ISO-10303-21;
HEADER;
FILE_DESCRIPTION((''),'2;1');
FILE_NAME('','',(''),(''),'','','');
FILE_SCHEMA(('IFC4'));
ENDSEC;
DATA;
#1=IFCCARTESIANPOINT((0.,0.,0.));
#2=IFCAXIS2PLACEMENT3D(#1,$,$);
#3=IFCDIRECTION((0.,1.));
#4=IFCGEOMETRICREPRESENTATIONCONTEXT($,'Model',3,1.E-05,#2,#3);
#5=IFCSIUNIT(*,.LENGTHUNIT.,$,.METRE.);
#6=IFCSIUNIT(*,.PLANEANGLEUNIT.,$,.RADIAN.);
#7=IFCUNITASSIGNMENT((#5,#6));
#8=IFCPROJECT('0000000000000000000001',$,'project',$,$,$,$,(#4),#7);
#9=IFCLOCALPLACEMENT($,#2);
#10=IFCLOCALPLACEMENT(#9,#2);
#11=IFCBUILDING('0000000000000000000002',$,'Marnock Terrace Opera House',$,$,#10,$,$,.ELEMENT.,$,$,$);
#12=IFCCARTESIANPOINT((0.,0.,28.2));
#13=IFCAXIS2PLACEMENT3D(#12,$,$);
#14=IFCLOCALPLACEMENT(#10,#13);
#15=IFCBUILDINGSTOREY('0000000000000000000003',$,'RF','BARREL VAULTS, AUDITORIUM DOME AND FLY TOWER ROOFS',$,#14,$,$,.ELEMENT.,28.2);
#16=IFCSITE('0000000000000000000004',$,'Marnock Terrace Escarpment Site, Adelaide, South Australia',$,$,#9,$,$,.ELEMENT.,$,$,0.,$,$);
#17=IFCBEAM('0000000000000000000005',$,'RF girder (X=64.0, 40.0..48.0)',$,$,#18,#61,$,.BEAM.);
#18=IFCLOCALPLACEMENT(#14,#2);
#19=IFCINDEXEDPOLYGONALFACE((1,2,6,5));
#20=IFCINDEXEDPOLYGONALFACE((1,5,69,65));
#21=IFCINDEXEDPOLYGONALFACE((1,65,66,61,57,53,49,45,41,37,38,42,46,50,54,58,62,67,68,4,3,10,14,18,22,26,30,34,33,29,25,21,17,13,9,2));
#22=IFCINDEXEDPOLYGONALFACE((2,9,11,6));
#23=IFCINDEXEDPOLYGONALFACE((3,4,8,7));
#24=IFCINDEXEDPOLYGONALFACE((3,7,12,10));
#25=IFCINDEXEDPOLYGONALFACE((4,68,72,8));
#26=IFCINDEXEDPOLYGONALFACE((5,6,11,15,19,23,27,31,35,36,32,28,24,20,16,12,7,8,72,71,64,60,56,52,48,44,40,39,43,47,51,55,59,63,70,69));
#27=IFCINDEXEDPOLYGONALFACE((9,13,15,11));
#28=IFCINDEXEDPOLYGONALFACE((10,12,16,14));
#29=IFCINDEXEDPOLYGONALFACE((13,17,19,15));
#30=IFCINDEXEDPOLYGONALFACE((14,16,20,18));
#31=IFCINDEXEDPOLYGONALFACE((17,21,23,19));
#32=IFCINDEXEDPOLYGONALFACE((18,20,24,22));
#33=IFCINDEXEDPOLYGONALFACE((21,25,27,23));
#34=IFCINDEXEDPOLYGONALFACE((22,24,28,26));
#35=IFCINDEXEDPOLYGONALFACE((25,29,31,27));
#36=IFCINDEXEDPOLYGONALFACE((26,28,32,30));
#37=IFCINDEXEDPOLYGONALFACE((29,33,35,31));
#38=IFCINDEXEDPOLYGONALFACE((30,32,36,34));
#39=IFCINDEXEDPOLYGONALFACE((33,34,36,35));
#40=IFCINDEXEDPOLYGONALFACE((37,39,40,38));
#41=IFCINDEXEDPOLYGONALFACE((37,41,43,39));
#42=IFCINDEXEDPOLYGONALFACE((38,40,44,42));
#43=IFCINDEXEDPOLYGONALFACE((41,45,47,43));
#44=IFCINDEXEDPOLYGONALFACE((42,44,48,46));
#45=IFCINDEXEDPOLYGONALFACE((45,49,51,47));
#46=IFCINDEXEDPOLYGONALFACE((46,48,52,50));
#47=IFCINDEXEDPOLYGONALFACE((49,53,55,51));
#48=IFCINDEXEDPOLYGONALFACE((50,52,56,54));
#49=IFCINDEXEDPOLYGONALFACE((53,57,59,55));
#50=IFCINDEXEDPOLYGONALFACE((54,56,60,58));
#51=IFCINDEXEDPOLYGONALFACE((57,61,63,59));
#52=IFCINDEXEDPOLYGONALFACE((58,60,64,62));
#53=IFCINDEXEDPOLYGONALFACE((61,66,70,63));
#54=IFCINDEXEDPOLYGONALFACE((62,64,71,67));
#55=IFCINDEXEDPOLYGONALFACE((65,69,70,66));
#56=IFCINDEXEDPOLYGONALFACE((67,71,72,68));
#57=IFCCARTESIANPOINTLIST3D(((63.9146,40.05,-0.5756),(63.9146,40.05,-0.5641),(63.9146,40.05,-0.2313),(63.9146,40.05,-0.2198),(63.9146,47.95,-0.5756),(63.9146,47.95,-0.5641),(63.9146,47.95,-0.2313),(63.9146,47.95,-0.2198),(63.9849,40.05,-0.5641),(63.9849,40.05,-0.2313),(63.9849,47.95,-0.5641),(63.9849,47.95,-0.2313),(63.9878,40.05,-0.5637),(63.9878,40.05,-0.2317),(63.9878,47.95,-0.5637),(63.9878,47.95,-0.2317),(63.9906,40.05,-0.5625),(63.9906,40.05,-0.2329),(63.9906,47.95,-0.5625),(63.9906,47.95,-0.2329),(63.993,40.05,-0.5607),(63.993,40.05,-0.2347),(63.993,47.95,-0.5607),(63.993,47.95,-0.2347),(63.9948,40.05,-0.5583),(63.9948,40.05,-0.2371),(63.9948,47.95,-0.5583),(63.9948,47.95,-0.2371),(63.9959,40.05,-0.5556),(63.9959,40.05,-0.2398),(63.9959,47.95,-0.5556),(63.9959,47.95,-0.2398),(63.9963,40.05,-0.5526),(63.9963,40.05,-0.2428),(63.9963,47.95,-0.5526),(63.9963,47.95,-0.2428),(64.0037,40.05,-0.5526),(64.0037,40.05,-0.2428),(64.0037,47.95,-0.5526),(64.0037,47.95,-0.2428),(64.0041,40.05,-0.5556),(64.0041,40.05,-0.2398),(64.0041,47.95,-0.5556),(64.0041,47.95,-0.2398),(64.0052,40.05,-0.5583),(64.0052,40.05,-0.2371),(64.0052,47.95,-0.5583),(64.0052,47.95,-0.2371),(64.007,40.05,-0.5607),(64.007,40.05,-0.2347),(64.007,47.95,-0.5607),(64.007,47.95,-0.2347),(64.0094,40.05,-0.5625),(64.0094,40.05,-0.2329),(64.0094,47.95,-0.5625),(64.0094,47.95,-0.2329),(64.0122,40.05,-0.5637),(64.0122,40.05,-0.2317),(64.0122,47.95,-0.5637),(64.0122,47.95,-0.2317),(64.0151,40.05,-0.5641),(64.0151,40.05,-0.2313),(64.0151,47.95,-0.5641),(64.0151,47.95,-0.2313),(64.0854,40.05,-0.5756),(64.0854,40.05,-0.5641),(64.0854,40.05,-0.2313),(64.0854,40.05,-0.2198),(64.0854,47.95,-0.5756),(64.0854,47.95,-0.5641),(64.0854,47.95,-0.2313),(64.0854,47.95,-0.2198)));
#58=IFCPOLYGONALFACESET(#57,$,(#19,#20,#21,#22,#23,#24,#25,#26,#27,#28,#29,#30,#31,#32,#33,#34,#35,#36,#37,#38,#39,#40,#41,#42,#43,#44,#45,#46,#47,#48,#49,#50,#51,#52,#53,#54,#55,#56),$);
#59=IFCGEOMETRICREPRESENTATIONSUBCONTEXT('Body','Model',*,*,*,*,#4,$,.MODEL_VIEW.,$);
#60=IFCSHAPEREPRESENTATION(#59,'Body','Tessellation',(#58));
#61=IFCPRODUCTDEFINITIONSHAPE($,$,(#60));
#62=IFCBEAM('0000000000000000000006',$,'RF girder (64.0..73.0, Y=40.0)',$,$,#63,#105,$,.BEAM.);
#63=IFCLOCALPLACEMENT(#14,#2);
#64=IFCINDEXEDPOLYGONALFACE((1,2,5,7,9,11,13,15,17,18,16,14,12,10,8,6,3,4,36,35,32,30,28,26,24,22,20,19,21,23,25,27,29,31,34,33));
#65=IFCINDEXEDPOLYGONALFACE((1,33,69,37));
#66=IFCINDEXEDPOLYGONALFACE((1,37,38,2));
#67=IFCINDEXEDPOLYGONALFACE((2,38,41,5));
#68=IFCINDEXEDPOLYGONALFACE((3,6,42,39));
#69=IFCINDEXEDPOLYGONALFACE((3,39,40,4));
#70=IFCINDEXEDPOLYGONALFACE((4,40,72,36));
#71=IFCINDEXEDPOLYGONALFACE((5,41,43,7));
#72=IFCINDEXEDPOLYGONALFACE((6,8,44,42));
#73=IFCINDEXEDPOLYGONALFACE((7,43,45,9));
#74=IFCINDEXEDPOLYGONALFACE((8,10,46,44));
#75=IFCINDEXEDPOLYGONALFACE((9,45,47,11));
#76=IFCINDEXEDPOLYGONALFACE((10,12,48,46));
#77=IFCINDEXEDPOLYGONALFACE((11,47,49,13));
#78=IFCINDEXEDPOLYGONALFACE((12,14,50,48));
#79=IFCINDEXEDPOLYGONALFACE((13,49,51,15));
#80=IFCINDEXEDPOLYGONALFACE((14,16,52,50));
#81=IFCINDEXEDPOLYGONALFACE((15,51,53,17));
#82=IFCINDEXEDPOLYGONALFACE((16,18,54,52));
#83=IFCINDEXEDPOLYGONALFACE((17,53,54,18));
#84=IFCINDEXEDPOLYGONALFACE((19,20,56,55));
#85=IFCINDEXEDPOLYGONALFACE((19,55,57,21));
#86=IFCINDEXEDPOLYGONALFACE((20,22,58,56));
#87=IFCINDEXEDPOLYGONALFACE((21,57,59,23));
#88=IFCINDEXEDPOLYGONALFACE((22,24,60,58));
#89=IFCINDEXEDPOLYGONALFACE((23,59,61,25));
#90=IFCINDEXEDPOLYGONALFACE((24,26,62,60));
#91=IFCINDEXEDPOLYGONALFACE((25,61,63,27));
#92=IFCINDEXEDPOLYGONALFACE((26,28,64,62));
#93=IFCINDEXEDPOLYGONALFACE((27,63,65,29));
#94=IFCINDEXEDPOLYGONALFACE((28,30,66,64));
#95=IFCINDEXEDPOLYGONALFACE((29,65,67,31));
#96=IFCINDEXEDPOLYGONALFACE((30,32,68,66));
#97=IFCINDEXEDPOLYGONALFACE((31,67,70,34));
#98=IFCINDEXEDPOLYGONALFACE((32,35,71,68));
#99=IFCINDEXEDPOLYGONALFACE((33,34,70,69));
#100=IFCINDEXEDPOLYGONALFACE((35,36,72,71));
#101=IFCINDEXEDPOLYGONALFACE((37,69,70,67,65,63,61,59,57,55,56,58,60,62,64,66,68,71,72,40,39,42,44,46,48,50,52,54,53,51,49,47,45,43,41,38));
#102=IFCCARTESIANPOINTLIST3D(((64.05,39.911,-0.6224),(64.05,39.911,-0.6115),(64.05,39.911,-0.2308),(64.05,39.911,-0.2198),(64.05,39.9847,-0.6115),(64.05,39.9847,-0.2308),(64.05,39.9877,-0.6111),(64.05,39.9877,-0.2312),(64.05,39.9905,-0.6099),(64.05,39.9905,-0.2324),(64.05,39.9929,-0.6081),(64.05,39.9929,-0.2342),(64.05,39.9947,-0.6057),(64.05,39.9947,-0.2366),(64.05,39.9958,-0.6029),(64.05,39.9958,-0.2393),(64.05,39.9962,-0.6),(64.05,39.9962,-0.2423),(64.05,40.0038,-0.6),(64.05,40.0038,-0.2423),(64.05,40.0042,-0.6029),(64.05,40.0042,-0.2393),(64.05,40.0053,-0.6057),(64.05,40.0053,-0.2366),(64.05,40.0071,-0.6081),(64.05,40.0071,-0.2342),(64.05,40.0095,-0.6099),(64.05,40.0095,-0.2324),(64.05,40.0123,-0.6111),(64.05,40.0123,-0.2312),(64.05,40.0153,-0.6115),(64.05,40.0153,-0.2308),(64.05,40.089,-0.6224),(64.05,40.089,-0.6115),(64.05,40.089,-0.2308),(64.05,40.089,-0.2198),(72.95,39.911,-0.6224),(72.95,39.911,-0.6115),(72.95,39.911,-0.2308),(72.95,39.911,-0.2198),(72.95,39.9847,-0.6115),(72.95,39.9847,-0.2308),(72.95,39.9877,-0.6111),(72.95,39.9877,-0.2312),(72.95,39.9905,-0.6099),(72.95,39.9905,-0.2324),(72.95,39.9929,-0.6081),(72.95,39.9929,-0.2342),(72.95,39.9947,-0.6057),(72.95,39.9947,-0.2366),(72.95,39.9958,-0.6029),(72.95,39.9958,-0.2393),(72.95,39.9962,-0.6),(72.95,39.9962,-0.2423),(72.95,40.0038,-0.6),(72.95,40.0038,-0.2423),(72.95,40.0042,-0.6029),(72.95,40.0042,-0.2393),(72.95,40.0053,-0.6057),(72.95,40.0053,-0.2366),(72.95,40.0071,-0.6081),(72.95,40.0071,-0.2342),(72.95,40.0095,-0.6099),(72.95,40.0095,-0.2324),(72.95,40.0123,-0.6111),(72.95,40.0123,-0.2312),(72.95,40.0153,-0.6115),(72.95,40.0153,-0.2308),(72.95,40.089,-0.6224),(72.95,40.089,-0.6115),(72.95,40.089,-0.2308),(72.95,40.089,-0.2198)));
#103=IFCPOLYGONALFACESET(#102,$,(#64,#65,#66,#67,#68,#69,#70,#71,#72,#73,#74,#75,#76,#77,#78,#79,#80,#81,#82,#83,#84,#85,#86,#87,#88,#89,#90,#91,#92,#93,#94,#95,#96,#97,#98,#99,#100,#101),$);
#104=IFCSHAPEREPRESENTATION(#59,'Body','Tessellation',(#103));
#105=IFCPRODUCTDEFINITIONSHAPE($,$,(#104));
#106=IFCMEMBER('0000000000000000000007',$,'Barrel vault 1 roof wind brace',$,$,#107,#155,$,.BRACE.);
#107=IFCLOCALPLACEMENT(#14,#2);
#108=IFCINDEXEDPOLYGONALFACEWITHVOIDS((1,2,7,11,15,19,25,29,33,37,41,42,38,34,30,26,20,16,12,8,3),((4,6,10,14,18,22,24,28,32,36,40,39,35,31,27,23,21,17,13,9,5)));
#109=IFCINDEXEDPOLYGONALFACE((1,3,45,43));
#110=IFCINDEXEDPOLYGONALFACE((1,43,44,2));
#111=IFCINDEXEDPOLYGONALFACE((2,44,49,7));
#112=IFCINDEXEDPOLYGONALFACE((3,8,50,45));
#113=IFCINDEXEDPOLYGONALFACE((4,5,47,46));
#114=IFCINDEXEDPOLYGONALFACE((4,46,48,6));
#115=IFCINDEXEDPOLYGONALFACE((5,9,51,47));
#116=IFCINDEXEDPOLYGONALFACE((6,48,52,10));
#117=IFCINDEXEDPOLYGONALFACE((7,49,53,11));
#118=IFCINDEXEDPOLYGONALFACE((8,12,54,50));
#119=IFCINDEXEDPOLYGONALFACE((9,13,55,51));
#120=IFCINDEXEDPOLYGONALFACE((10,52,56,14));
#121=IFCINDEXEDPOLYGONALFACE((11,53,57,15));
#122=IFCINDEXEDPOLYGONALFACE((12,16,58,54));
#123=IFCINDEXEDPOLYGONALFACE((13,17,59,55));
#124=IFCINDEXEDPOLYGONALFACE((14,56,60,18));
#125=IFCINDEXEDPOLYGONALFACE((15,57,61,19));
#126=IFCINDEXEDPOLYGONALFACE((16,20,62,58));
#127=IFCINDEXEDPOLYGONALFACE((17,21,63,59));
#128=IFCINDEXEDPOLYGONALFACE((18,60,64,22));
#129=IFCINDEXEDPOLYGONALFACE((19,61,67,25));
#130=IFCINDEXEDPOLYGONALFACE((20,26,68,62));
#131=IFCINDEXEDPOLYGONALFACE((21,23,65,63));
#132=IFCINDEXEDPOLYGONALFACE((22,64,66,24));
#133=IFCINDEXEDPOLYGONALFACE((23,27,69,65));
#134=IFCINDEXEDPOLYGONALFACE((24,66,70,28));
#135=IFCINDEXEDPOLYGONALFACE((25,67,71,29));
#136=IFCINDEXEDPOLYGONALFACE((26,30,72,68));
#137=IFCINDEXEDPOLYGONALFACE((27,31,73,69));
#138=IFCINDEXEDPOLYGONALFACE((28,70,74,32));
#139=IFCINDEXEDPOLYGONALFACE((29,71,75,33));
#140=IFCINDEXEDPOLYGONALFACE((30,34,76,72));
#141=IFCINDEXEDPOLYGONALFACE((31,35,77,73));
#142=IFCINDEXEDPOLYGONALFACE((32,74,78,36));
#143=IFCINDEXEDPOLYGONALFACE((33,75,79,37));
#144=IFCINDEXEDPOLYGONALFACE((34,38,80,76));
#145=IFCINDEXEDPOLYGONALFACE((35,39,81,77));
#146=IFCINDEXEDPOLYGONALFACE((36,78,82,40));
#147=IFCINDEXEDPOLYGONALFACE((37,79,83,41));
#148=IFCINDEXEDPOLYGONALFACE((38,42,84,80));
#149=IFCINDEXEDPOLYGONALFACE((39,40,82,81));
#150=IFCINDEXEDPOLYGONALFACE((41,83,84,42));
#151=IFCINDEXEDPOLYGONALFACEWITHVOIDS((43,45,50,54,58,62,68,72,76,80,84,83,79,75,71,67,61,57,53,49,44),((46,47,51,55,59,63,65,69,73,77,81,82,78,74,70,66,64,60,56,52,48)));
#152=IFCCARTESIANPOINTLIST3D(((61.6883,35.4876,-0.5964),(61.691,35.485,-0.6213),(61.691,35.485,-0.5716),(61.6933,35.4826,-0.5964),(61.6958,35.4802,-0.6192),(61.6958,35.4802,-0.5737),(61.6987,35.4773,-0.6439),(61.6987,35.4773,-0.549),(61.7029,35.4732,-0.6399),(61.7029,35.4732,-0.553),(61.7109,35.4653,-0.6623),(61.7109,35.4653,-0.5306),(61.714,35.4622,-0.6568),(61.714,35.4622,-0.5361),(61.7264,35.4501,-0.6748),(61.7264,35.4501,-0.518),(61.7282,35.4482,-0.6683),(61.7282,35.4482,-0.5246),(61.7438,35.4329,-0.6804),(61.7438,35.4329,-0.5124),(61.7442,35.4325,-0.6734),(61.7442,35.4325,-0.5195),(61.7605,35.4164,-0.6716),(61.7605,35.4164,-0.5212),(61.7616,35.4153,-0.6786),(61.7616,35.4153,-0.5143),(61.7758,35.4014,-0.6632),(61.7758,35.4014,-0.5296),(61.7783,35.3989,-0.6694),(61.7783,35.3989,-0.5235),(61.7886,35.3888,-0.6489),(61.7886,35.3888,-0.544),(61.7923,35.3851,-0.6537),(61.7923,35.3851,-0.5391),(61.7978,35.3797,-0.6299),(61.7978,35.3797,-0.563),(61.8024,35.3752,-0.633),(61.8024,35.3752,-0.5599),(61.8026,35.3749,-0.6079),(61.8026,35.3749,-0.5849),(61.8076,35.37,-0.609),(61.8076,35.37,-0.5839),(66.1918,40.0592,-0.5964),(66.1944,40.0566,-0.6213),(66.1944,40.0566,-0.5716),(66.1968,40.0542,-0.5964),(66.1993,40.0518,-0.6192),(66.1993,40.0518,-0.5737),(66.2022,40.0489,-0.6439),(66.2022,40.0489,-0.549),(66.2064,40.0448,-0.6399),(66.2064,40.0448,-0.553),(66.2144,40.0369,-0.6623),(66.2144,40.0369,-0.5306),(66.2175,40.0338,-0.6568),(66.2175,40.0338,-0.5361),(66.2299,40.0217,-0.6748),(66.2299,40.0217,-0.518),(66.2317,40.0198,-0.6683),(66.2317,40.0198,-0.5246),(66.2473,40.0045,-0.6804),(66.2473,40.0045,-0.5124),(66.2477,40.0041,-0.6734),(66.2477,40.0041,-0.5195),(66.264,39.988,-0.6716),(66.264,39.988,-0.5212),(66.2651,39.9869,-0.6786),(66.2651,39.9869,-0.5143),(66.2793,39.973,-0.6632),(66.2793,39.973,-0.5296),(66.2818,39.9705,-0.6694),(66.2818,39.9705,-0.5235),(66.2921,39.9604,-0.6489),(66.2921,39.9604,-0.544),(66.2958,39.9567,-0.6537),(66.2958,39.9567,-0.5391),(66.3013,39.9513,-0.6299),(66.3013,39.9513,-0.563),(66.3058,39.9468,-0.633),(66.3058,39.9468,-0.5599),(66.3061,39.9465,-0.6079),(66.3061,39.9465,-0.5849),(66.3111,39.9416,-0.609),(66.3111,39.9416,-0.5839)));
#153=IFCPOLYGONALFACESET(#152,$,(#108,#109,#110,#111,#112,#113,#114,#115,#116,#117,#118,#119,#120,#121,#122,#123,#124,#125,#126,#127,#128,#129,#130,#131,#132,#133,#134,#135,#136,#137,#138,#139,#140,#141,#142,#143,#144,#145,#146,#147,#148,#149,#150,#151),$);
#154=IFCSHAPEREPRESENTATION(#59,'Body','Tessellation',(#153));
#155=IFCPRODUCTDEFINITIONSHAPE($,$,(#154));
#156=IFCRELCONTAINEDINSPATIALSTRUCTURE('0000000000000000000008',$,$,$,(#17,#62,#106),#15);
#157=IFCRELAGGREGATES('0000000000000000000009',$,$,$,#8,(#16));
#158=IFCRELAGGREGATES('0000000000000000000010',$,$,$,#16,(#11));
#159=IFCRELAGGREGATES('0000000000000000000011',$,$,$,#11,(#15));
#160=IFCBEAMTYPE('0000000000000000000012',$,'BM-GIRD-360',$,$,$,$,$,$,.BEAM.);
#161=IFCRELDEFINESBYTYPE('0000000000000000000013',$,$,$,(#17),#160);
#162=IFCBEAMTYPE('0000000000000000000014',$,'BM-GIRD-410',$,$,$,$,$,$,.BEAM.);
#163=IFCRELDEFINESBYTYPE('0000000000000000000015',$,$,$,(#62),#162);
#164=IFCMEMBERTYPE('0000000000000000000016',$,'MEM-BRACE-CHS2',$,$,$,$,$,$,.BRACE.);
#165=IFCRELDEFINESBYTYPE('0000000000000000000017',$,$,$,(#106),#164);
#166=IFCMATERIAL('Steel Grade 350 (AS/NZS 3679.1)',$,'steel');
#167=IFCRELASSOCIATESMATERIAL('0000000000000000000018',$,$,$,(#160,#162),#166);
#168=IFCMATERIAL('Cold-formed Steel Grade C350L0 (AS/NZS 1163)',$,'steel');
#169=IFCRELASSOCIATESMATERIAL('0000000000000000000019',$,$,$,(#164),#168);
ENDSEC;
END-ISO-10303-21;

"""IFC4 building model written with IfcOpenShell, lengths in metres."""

from ifc_helpers import new_model, si_unit, direction, frame, origin, origin_2d, place, context, subcontext, project, spatial, hollow_circle, i_section, extrude, material, material_profile, profile_set, type_object, element, save


model = new_model("IFC4")

# Units and contexts
model_context = context("Model", 3, precision=1e-05, world=origin(), true_north=direction((0.0, 1.0)))
body_context = subcontext(model_context, "Body", "Model", "MODEL_VIEW")
ifc_project = project(units=[si_unit("LENGTHUNIT", "METRE"), si_unit("PLANEANGLEUNIT", "RADIAN")], contexts=[model_context])

# Site, building, storey
site_placement = place(None, origin())
site = spatial("IfcSite", under=ifc_project, at=site_placement, Name="Marnock Terrace Escarpment Site, Adelaide, South Australia", CompositionType="ELEMENT", RefElevation=0.0)
building_placement = place(site_placement, origin())
building = spatial("IfcBuilding", under=site, at=building_placement, Name="Marnock Terrace Opera House", CompositionType="ELEMENT")
storey_placement = place(building_placement, frame((0.0, 0.0, 28.2)))
storey = spatial("IfcBuildingStorey", under=building, at=storey_placement, Name="RF", Description="BARREL VAULTS, AUDITORIUM DOME AND FLY TOWER ROOFS", CompositionType="ELEMENT", Elevation=28.2)

# Beams
ifc_material_1 = material(Name="Steel Grade 350 (AS/NZS 3679.1)", Category="steel")
ifc_material_profile_1 = material_profile(ifc_material_1, i_section(OverallWidth=0.1709, OverallDepth=0.3557, WebThickness=0.0073, FlangeThickness=0.0115, FilletRadius=0.0115, at=origin_2d()))
ifc_profile_set_1 = profile_set([ifc_material_profile_1], Name="Steel Grade 350 (AS/NZS 3679.1)")
beam_type_1 = type_object("IfcBeamType", Name="BM-GIRD-360", PredefinedType="BEAM", material=ifc_profile_set_1)
beam_1_placement = place(storey_placement, frame((64.0, 40.05, -0.3977), z_axis=(0.0, 1.0, 0.0), x_axis=(-1.0, 0.0, 0.0)))
element("IfcBeam", 1, at=beam_1_placement, inside=storey, type_object=beam_type_1, Name="RF girder (X=64.0, 40.0..48.0)", PredefinedType="BEAM", context=body_context, shape_type="SweptSolid", body=[
    extrude(i_section(OverallWidth=0.1709, OverallDepth=0.3557, WebThickness=0.0073, FlangeThickness=0.0115, FilletRadius=0.0115, at=origin_2d()), origin(), (0.0, 0.0, 1.0), 7.8999),
])
ifc_material_profile_2 = material_profile(ifc_material_1, i_section(OverallWidth=0.178, OverallDepth=0.4026, WebThickness=0.0076, FlangeThickness=0.011, FilletRadius=0.0115, at=origin_2d()))
ifc_profile_set_2 = profile_set([ifc_material_profile_2], Name="Steel Grade 350 (AS/NZS 3679.1)")
beam_type_2 = type_object("IfcBeamType", Name="BM-GIRD-410", PredefinedType="BEAM", material=ifc_profile_set_2)
beam_2_placement = place(storey_placement, frame((64.05, 40.0, -0.4211), z_axis=(1.0, 0.0, 0.0), x_axis=(0.0, 1.0, 0.0)))
element("IfcBeam", 2, at=beam_2_placement, inside=storey, type_object=beam_type_2, Name="RF girder (64.0..73.0, Y=40.0)", PredefinedType="BEAM", context=body_context, shape_type="SweptSolid", body=[
    extrude(i_section(OverallWidth=0.178, OverallDepth=0.4026, WebThickness=0.0076, FlangeThickness=0.011, FilletRadius=0.0115, at=origin_2d()), origin(), (0.0, 0.0, 1.0), 8.8999),
])

# Member
ifc_material_2 = material(Name="Cold-formed Steel Grade C350L0 (AS/NZS 1163)", Category="steel")
ifc_material_profile_3 = material_profile(ifc_material_2, hollow_circle(Radius=0.0842, WallThickness=0.0071, at=origin_2d()))
ifc_profile_set_3 = profile_set([ifc_material_profile_3], Name="Cold-formed Steel Grade C350L0 (AS/NZS 1163)")
member_type_1 = type_object("IfcMemberType", Name="MEM-BRACE-CHS2", PredefinedType="BRACE", material=ifc_profile_set_3)
member_1_placement = place(storey_placement, frame((61.7483, 35.4285, -0.5964), z_axis=(0.70178, 0.712394, 0.0), x_axis=(-0.712394, 0.70178, 0.0)))
element("IfcMember", 3, at=member_1_placement, inside=storey, type_object=member_type_1, Name="Barrel vault 1 roof wind brace", PredefinedType="BRACE", context=body_context, shape_type="SweptSolid", body=[
    extrude(hollow_circle(Radius=0.0842, WallThickness=0.0071, at=origin_2d()), origin(), (0.0, 0.0, 1.0), 6.4172),
])

save(model, "model.ifc")
